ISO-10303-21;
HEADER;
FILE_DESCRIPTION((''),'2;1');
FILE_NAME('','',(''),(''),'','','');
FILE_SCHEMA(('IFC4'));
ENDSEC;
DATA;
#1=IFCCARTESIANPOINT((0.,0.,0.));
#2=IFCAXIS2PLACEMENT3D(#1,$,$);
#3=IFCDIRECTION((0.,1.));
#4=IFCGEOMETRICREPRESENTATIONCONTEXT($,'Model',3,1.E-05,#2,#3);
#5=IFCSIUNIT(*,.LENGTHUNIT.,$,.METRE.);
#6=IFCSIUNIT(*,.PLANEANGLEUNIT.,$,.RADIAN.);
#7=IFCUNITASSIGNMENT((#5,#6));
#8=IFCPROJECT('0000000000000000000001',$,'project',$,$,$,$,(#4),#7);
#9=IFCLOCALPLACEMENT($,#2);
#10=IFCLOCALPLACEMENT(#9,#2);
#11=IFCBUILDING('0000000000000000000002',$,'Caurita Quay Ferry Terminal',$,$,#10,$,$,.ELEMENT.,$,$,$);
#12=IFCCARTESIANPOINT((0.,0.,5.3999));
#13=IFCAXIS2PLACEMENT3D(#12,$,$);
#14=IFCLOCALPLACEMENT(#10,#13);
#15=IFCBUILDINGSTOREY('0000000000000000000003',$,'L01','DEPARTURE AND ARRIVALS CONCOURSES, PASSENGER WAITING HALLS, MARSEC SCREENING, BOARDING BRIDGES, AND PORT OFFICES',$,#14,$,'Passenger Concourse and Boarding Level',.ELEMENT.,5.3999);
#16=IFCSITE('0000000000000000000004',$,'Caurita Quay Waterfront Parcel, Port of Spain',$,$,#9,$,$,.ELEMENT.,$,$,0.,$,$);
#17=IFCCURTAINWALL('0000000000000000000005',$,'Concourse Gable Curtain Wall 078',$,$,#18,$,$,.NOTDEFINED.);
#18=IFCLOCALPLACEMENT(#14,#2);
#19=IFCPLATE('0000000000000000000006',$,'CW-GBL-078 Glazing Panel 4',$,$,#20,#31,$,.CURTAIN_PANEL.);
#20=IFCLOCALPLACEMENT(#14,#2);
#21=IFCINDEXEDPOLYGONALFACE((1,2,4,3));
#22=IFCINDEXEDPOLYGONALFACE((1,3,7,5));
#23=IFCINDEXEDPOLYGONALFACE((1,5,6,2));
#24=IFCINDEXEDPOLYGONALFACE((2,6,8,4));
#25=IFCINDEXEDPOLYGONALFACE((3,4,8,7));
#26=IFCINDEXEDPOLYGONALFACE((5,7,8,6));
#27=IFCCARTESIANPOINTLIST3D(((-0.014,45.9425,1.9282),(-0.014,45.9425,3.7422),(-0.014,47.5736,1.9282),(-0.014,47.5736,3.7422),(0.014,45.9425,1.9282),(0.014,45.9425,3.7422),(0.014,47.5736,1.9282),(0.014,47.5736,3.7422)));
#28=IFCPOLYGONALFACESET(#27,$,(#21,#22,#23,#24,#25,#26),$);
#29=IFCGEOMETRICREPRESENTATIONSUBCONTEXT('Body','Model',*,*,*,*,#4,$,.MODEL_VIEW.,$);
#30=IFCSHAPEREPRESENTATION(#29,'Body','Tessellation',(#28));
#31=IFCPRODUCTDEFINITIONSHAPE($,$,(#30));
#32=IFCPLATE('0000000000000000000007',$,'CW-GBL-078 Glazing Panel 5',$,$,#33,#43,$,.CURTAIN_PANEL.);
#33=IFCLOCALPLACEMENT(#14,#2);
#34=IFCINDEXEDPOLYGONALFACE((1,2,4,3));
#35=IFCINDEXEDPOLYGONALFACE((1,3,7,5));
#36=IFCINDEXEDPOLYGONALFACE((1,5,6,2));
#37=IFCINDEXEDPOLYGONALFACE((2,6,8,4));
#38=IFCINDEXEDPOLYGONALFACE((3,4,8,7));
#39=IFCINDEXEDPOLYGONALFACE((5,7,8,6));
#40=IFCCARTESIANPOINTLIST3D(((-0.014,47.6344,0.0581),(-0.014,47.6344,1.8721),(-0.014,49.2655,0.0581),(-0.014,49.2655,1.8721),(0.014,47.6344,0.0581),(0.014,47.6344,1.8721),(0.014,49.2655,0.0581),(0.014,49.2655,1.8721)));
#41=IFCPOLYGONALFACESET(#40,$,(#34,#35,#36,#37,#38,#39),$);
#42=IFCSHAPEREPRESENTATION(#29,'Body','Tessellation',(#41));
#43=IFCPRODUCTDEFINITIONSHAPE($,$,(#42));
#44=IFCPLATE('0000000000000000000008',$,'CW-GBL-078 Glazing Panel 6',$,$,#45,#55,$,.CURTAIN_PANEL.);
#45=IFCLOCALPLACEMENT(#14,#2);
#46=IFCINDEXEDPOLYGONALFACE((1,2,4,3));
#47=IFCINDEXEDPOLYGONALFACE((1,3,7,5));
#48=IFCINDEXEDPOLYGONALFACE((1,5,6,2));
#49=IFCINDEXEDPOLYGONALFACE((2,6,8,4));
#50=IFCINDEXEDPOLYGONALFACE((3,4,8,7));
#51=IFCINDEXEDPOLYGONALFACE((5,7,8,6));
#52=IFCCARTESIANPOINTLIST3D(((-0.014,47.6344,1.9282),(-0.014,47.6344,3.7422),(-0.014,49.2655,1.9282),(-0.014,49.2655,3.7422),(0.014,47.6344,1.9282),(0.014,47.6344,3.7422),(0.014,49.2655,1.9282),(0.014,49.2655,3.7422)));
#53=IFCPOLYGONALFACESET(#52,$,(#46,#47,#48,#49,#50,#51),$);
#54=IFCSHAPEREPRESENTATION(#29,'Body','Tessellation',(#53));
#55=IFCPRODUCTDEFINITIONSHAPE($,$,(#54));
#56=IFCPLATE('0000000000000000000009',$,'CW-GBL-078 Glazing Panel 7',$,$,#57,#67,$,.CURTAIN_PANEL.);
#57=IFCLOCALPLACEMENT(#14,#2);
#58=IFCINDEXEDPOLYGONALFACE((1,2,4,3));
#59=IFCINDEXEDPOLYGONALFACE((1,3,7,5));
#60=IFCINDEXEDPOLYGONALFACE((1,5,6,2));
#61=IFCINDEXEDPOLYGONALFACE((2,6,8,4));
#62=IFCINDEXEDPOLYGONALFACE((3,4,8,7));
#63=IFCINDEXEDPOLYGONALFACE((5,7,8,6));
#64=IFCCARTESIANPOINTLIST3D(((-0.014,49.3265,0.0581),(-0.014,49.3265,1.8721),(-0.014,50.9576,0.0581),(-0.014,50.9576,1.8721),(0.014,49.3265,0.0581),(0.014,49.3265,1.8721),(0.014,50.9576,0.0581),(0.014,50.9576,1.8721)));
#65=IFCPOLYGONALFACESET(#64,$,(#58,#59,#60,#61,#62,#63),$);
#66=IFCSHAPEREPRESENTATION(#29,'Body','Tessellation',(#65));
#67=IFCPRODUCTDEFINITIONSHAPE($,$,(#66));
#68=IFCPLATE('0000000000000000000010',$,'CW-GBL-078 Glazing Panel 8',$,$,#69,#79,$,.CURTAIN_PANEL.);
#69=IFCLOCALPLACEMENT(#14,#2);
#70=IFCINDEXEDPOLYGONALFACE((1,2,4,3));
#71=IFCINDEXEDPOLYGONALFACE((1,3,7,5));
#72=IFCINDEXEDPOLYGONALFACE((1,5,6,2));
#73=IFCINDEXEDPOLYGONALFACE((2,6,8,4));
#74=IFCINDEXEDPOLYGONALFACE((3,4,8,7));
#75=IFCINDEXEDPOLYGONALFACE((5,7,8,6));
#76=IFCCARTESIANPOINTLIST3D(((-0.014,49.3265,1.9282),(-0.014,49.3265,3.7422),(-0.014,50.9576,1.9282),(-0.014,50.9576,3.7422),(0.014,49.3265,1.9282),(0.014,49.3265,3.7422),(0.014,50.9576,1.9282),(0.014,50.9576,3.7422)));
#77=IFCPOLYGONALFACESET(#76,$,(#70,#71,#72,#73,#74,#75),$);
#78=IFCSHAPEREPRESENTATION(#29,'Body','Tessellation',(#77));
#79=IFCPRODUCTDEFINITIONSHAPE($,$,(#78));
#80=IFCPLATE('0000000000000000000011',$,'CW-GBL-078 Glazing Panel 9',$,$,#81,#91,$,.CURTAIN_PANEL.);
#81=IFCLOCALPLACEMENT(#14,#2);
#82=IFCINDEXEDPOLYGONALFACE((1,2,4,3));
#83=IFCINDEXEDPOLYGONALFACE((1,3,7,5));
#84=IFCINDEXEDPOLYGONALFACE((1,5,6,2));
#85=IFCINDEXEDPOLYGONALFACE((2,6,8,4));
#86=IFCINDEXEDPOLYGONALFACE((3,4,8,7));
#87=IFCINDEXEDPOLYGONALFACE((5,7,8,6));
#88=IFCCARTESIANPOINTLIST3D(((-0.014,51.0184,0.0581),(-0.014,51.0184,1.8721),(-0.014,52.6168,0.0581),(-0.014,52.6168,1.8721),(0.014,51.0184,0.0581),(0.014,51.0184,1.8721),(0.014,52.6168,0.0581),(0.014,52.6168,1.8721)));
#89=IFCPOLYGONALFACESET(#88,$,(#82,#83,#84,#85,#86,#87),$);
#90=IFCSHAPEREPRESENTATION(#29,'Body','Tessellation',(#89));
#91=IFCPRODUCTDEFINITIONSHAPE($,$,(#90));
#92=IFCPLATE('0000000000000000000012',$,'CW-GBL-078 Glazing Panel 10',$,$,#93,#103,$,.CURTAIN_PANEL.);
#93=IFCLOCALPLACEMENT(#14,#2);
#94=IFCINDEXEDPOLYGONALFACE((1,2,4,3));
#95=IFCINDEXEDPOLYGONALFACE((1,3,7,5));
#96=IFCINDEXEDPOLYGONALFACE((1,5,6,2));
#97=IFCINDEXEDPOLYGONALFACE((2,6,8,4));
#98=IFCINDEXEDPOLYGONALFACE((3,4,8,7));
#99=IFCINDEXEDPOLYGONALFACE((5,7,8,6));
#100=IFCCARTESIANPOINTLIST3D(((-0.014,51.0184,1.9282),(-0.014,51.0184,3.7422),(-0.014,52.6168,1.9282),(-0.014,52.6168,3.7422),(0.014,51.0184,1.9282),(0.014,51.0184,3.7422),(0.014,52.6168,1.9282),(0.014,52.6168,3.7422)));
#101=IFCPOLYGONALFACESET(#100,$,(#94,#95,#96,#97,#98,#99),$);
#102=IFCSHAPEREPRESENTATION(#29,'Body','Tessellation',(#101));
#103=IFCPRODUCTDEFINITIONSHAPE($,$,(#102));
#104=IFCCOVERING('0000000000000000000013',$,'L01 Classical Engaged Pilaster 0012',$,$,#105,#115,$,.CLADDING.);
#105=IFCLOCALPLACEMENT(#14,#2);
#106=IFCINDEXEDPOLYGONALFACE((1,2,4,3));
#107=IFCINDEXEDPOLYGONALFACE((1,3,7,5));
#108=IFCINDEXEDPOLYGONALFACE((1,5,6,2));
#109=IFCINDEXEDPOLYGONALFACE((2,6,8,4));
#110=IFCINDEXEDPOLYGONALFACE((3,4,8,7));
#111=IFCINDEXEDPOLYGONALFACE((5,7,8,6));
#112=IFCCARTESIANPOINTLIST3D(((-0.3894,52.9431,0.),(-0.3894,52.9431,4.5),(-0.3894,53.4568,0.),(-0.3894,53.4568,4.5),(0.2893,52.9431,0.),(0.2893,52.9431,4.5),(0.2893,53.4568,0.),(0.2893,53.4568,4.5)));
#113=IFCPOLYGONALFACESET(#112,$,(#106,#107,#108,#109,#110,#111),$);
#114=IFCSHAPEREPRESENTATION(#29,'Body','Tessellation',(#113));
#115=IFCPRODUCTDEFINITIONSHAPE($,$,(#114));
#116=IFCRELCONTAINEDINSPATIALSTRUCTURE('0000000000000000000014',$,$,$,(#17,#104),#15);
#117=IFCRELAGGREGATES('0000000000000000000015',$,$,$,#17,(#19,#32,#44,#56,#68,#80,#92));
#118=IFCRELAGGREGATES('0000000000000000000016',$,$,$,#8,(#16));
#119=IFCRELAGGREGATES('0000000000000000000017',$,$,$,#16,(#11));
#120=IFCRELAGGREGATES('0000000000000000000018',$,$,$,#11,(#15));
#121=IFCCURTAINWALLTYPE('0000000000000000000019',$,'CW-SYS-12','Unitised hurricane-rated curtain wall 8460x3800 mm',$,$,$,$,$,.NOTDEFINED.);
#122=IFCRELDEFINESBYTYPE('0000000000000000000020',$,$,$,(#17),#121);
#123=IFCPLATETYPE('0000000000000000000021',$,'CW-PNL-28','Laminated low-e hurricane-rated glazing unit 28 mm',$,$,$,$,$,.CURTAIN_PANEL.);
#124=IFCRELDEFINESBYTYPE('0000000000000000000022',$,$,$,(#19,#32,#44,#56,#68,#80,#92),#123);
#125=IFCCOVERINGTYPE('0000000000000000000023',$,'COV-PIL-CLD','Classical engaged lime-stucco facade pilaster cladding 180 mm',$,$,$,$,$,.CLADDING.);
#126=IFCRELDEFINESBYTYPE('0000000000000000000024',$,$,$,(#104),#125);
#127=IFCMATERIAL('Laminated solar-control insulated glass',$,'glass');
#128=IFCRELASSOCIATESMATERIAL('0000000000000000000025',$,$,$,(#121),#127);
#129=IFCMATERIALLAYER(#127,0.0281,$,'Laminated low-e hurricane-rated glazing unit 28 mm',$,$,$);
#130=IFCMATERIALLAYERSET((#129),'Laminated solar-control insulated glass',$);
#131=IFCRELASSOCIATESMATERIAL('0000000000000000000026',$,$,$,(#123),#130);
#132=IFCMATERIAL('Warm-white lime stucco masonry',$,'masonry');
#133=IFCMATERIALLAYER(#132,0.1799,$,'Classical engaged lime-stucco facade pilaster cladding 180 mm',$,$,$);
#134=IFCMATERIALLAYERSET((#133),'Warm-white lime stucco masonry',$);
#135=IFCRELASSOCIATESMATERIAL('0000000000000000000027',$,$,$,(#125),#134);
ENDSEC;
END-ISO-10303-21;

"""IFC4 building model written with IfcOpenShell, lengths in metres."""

from ifc_helpers import new_model, si_unit, direction, frame, origin, origin_2d, place, context, subcontext, project, spatial, rectangle, extrude, material, layer, layer_set, type_object, element, aggregate, save


model = new_model("IFC4")

# Units and contexts
model_context = context("Model", 3, precision=1e-05, world=origin(), true_north=direction((0.0, 1.0)))
body_context = subcontext(model_context, "Body", "Model", "MODEL_VIEW")
ifc_project = project(units=[si_unit("LENGTHUNIT", "METRE"), si_unit("PLANEANGLEUNIT", "RADIAN")], contexts=[model_context])

# Site, building, storey
site_placement = place(None, origin())
site = spatial("IfcSite", under=ifc_project, at=site_placement, Name="Caurita Quay Waterfront Parcel, Port of Spain", CompositionType="ELEMENT", RefElevation=0.0)
building_placement = place(site_placement, origin())
building = spatial("IfcBuilding", under=site, at=building_placement, Name="Caurita Quay Ferry Terminal", CompositionType="ELEMENT")
storey_placement = place(building_placement, frame((0.0, 0.0, 5.3999)))
storey = spatial("IfcBuildingStorey", under=building, at=storey_placement, Name="L01", Description="DEPARTURE AND ARRIVALS CONCOURSES, PASSENGER WAITING HALLS, MARSEC SCREENING, BOARDING BRIDGES, AND PORT OFFICES", LongName="Passenger Concourse and Boarding Level", CompositionType="ELEMENT", Elevation=5.3999)

# Curtain wall
ifc_material_1 = material(Name="Laminated solar-control insulated glass", Category="glass")
curtain_wall_type = type_object("IfcCurtainWallType", Name="CW-SYS-12", Description="Unitised hurricane-rated curtain wall 8460x3800 mm", PredefinedType="NOTDEFINED", material=ifc_material_1)
curtain_wall_1_placement = place(storey_placement, origin())
curtain_wall_1 = element("IfcCurtainWall", 1, at=curtain_wall_1_placement, inside=storey, type_object=curtain_wall_type, Name="Concourse Gable Curtain Wall 078", PredefinedType="NOTDEFINED")

# Plates
ifc_layer_1 = layer(ifc_material_1, 0.0281, Name="Laminated low-e hurricane-rated glazing unit 28 mm")
ifc_layer_set_1 = layer_set([ifc_layer_1], Name="Laminated solar-control insulated glass")
plate_type = type_object("IfcPlateType", Name="CW-PNL-28", Description="Laminated low-e hurricane-rated glazing unit 28 mm", PredefinedType="CURTAIN_PANEL", material=ifc_layer_set_1)
plate_1_placement = place(storey_placement, frame((0.0, 46.7581, 1.9282), z_axis=(0.0, 0.0, 1.0), x_axis=(0.0, 1.0, 0.0)))
plate_1 = element("IfcPlate", 2, at=plate_1_placement, type_object=plate_type, Name="CW-GBL-078 Glazing Panel 4", PredefinedType="CURTAIN_PANEL", context=body_context, shape_type="SweptSolid", body=[
    extrude(rectangle(XDim=1.6311, YDim=0.0281, at=origin_2d()), origin(), (0.0, 0.0, 1.0), 1.814),
])
plate_2_placement = place(storey_placement, frame((0.0, 48.45, 0.0581), z_axis=(0.0, 0.0, 1.0), x_axis=(0.0, 1.0, 0.0)))
plate_2 = element("IfcPlate", 3, at=plate_2_placement, type_object=plate_type, Name="CW-GBL-078 Glazing Panel 5", PredefinedType="CURTAIN_PANEL", context=body_context, shape_type="SweptSolid", body=[
    extrude(rectangle(XDim=1.6311, YDim=0.0281, at=origin_2d()), origin(), (0.0, 0.0, 1.0), 1.814),
])
plate_3_placement = place(storey_placement, frame((0.0, 48.45, 1.9282), z_axis=(0.0, 0.0, 1.0), x_axis=(0.0, 1.0, 0.0)))
plate_3 = element("IfcPlate", 4, at=plate_3_placement, type_object=plate_type, Name="CW-GBL-078 Glazing Panel 6", PredefinedType="CURTAIN_PANEL", context=body_context, shape_type="SweptSolid", body=[
    extrude(rectangle(XDim=1.6311, YDim=0.0281, at=origin_2d()), origin(), (0.0, 0.0, 1.0), 1.814),
])
plate_4_placement = place(storey_placement, frame((0.0, 50.1421, 0.0581), z_axis=(0.0, 0.0, 1.0), x_axis=(0.0, 1.0, 0.0)))
plate_4 = element("IfcPlate", 5, at=plate_4_placement, type_object=plate_type, Name="CW-GBL-078 Glazing Panel 7", PredefinedType="CURTAIN_PANEL", context=body_context, shape_type="SweptSolid", body=[
    extrude(rectangle(XDim=1.6311, YDim=0.0281, at=origin_2d()), origin(), (0.0, 0.0, 1.0), 1.814),
])
plate_5_placement = place(storey_placement, frame((0.0, 50.1421, 1.9282), z_axis=(0.0, 0.0, 1.0), x_axis=(0.0, 1.0, 0.0)))
plate_5 = element("IfcPlate", 6, at=plate_5_placement, type_object=plate_type, Name="CW-GBL-078 Glazing Panel 8", PredefinedType="CURTAIN_PANEL", context=body_context, shape_type="SweptSolid", body=[
    extrude(rectangle(XDim=1.6311, YDim=0.0281, at=origin_2d()), origin(), (0.0, 0.0, 1.0), 1.814),
])
plate_6_placement = place(storey_placement, frame((0.0, 51.8176, 0.0581), z_axis=(0.0, 0.0, 1.0), x_axis=(0.0, 1.0, 0.0)))
plate_6 = element("IfcPlate", 7, at=plate_6_placement, type_object=plate_type, Name="CW-GBL-078 Glazing Panel 9", PredefinedType="CURTAIN_PANEL", context=body_context, shape_type="SweptSolid", body=[
    extrude(rectangle(XDim=1.5984, YDim=0.0281, at=origin_2d()), origin(), (0.0, 0.0, 1.0), 1.814),
])
plate_7_placement = place(storey_placement, frame((0.0, 51.8176, 1.9282), z_axis=(0.0, 0.0, 1.0), x_axis=(0.0, 1.0, 0.0)))
plate_7 = element("IfcPlate", 8, at=plate_7_placement, type_object=plate_type, Name="CW-GBL-078 Glazing Panel 10", PredefinedType="CURTAIN_PANEL", context=body_context, shape_type="SweptSolid", body=[
    extrude(rectangle(XDim=1.5984, YDim=0.0281, at=origin_2d()), origin(), (0.0, 0.0, 1.0), 1.814),
])
aggregate(curtain_wall_1, [plate_1, plate_2, plate_3, plate_4, plate_5, plate_6, plate_7])

# Covering
ifc_material_2 = material(Name="Warm-white lime stucco masonry", Category="masonry")
ifc_layer_2 = layer(ifc_material_2, 0.1799, Name="Classical engaged lime-stucco facade pilaster cladding 180 mm")
ifc_layer_set_2 = layer_set([ifc_layer_2], Name="Warm-white lime stucco masonry")
covering_type = type_object("IfcCoveringType", Name="COV-PIL-CLD", Description="Classical engaged lime-stucco facade pilaster cladding 180 mm", PredefinedType="CLADDING", material=ifc_layer_set_2)
covering_placement = place(storey_placement, frame((-0.05, 53.2, 0.0), z_axis=(0.0, 0.0, 1.0), x_axis=(1.0, 0.0, 0.0)))
element("IfcCovering", 9, at=covering_placement, inside=storey, type_object=covering_type, Name="L01 Classical Engaged Pilaster 0012", PredefinedType="CLADDING", context=body_context, shape_type="SweptSolid", body=[
    extrude(rectangle(XDim=0.6787, YDim=0.5137, at=origin_2d()), origin(), (0.0, 0.0, 1.0), 4.5),
])

save(model, "model.ifc")
